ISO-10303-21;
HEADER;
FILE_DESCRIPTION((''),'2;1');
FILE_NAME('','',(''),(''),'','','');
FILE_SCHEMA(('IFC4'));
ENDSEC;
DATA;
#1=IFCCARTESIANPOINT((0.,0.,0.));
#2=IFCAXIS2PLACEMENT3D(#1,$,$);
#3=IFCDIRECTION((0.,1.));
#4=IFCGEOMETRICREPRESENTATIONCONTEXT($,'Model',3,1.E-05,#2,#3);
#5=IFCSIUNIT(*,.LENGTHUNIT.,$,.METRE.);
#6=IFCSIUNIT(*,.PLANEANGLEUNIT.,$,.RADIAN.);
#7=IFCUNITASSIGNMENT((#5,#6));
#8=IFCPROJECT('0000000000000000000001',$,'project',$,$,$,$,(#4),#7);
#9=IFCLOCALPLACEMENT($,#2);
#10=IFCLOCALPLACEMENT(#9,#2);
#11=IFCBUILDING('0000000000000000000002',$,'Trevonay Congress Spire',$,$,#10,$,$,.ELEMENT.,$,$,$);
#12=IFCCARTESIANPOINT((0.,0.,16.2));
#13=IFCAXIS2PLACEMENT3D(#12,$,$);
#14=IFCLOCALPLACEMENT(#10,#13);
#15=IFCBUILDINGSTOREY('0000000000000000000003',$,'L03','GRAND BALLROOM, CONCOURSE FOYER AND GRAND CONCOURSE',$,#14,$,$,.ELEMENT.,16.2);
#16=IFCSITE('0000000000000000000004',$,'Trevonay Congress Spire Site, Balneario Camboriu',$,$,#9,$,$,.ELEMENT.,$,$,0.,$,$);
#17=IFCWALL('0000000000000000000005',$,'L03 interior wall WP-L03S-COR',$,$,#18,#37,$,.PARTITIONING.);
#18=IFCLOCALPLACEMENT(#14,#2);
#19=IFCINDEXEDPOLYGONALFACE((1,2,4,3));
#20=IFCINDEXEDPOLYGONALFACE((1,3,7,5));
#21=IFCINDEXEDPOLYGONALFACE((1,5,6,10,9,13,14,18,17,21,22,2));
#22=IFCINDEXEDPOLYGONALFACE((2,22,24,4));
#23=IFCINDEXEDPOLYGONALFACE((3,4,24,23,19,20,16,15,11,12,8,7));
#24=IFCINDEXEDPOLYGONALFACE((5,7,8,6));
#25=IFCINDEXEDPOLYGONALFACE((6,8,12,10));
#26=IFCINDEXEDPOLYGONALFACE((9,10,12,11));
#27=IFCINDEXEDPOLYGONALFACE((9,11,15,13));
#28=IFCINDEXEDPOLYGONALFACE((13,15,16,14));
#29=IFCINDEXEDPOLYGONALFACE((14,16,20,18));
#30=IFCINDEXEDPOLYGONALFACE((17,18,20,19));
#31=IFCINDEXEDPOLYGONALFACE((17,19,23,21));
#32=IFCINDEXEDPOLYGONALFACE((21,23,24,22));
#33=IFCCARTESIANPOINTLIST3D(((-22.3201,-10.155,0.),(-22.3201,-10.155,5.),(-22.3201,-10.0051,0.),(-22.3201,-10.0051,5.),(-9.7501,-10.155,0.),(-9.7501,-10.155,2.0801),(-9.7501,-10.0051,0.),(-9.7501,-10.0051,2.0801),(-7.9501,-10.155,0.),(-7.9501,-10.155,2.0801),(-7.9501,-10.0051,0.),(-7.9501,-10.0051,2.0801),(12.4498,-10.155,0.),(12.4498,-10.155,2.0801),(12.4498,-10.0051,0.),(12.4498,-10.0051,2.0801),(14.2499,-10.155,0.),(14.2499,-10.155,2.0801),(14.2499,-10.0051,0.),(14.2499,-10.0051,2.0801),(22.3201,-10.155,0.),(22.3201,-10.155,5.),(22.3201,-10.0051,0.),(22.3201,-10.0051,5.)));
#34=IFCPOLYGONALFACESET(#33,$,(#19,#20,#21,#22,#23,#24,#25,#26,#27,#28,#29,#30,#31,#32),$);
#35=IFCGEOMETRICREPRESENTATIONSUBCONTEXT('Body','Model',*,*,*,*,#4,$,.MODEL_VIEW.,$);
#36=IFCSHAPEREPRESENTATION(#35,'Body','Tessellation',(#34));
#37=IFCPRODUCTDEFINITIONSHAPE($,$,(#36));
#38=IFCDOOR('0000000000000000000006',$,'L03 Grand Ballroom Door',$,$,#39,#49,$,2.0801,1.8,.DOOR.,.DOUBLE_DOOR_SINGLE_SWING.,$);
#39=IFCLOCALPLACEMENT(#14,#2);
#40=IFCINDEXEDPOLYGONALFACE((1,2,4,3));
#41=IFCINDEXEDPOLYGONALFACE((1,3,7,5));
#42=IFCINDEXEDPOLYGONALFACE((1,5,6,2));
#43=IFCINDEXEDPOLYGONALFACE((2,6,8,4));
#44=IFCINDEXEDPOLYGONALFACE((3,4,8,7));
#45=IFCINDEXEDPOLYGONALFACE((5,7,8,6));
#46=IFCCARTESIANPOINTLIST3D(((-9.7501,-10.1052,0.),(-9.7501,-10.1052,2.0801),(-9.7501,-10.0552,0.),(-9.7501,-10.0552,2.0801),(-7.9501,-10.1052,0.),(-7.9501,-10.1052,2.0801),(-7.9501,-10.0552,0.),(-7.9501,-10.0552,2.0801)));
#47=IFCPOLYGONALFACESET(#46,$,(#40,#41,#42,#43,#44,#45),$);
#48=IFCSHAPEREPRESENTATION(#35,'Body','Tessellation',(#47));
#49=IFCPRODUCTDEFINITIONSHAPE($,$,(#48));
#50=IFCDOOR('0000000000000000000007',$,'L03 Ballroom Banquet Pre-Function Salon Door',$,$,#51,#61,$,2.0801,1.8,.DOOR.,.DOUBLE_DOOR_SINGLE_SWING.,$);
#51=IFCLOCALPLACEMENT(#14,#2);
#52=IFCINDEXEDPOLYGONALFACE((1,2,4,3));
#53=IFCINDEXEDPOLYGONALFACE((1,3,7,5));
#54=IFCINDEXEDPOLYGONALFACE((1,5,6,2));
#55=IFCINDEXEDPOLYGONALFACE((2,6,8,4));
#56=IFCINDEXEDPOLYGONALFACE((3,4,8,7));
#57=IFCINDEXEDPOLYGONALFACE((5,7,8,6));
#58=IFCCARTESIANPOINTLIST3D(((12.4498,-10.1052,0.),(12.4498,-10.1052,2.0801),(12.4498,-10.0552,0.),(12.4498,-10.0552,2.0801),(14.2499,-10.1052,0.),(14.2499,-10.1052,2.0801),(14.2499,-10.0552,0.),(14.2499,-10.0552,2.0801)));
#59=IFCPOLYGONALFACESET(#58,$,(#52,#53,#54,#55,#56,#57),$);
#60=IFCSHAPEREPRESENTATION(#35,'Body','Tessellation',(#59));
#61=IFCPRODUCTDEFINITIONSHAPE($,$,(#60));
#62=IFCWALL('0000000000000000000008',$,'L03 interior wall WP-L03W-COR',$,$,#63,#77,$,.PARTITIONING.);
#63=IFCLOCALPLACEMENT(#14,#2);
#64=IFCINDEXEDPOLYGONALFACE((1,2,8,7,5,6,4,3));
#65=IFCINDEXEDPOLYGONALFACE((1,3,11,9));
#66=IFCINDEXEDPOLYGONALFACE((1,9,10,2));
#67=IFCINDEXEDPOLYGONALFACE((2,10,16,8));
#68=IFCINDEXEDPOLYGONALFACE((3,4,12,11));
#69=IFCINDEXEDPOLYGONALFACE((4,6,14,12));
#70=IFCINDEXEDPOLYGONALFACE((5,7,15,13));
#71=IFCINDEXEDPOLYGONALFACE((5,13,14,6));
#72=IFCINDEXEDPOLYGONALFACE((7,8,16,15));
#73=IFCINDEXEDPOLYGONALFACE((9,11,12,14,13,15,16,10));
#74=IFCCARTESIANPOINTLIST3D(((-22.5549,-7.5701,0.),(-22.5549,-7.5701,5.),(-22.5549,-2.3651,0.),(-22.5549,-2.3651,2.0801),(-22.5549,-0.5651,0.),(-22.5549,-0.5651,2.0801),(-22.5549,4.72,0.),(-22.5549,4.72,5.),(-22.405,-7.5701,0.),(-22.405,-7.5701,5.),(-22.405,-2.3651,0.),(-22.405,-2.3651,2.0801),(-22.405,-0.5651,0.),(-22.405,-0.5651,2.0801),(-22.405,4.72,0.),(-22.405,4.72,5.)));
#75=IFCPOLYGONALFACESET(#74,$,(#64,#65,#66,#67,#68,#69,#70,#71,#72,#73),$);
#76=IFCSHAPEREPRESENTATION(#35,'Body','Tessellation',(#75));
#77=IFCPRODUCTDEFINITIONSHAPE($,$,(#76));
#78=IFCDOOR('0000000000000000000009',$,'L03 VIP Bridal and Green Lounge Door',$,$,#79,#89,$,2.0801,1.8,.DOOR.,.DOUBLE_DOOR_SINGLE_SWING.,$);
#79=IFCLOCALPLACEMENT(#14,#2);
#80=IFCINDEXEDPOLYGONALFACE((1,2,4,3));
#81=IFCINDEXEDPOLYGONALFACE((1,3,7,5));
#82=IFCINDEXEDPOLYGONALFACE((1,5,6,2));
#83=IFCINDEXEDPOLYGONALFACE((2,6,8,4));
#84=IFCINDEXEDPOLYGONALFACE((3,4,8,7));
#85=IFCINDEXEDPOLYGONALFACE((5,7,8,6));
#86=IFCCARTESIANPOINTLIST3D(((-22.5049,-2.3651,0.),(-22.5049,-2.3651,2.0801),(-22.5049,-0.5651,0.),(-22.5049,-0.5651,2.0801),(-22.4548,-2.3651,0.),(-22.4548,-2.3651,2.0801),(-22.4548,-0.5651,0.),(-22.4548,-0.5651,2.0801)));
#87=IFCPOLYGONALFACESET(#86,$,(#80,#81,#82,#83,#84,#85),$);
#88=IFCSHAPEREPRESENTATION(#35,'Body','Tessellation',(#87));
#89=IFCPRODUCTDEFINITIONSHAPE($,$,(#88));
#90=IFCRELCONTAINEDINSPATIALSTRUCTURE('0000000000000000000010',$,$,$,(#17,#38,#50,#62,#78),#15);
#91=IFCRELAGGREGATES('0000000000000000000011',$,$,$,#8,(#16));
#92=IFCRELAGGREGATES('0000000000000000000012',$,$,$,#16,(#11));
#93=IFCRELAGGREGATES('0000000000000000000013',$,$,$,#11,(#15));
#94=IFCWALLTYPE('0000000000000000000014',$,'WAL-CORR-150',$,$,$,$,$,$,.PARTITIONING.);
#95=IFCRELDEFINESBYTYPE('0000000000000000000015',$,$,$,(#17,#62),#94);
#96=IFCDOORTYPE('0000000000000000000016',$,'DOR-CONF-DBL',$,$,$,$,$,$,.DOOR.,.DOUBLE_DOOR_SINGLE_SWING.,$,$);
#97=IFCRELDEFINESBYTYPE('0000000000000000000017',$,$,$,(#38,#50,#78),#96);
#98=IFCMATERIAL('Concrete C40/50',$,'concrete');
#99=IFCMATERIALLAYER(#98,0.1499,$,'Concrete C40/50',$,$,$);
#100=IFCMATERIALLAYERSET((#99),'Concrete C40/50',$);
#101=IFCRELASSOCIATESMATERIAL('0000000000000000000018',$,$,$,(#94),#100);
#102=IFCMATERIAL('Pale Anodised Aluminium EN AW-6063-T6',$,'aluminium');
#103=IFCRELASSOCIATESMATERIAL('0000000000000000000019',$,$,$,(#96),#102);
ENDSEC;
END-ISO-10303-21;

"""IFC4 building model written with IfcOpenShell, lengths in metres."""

from ifc_helpers import new_model, si_unit, direction, frame, frame_2d, origin, place, context, subcontext, project, spatial, rectangle, extrude, material, layer, layer_set, type_object, element, fill, save


model = new_model("IFC4")

# Units and contexts
model_context = context("Model", 3, precision=1e-05, world=origin(), true_north=direction((0.0, 1.0)))
body_context = subcontext(model_context, "Body", "Model", "MODEL_VIEW")
ifc_project = project(units=[si_unit("LENGTHUNIT", "METRE"), si_unit("PLANEANGLEUNIT", "RADIAN")], contexts=[model_context])

# Site, building, storey
site_placement = place(None, origin())
site = spatial("IfcSite", under=ifc_project, at=site_placement, Name="Trevonay Congress Spire Site, Balneario Camboriu", CompositionType="ELEMENT", RefElevation=0.0)
building_placement = place(site_placement, origin())
building = spatial("IfcBuilding", under=site, at=building_placement, Name="Trevonay Congress Spire", CompositionType="ELEMENT")
storey_placement = place(building_placement, frame((0.0, 0.0, 16.2)))
storey = spatial("IfcBuildingStorey", under=building, at=storey_placement, Name="L03", Description="GRAND BALLROOM, CONCOURSE FOYER AND GRAND CONCOURSE", CompositionType="ELEMENT", Elevation=16.2)

# Shared definitions
ifc_material_1 = material(Name="Pale Anodised Aluminium EN AW-6063-T6", Category="aluminium")

# Wall, openings, doors
ifc_material_2 = material(Name="Concrete C40/50", Category="concrete")
ifc_layer_1 = layer(ifc_material_2, 0.1499, Name="Concrete C40/50")
ifc_layer_set_1 = layer_set([ifc_layer_1], Name="Concrete C40/50")
wall_type_1 = type_object("IfcWallType", Name="WAL-CORR-150", PredefinedType="PARTITIONING", material=ifc_layer_set_1)
wall_1_placement = place(storey_placement, frame((-22.3201, -10.0801, 0.0), z_axis=(0.0, 0.0, 1.0), x_axis=(1.0, 0.0, 0.0)))
wall_1 = element("IfcWall", 1, at=wall_1_placement, inside=storey, type_object=wall_type_1, Name="L03 interior wall WP-L03S-COR", PredefinedType="PARTITIONING", context=body_context, shape_type="SweptSolid", body=[
    extrude(rectangle(XDim=44.6401, YDim=0.1499, at=frame_2d((22.3201, 0.0))), origin(), (0.0, 0.0, 1.0), 5.0),
])
opening_1_placement = place(wall_1_placement, frame((12.5701, 0.0, 0.0)))
opening_1 = element("IfcOpeningElement", 2, at=opening_1_placement, cuts=wall_1, PredefinedType="OPENING", context=body_context, shape_type="SweptSolid", body=[
    extrude(rectangle(XDim=1.8, YDim=2.0801, at=frame_2d((0.8999, 1.04))), frame((0.0, 0.085, 0.0), z_axis=(0.0, -1.0, 0.0), x_axis=(1.0, 0.0, 0.0)), (0.0, 0.0, 1.0), 0.1699),
])
opening_2_placement = place(wall_1_placement, frame((34.77, 0.0, 0.0)))
opening_2 = element("IfcOpeningElement", 3, at=opening_2_placement, cuts=wall_1, PredefinedType="OPENING", context=body_context, shape_type="SweptSolid", body=[
    extrude(rectangle(XDim=1.8, YDim=2.0801, at=frame_2d((0.8999, 1.04))), frame((0.0, 0.085, 0.0), z_axis=(0.0, -1.0, 0.0), x_axis=(1.0, 0.0, 0.0)), (0.0, 0.0, 1.0), 0.1699),
])
door_type_1 = type_object("IfcDoorType", Name="DOR-CONF-DBL", OperationType="DOUBLE_DOOR_SINGLE_SWING", PredefinedType="DOOR", material=ifc_material_1)
door_1_placement = place(opening_1_placement, origin())
door_1 = element("IfcDoor", 4, at=door_1_placement, inside=storey, type_object=door_type_1, Name="L03 Grand Ballroom Door", OperationType="DOUBLE_DOOR_SINGLE_SWING", OverallHeight=2.0801, OverallWidth=1.8, PredefinedType="DOOR", context=body_context, shape_type="SweptSolid", body=[
    extrude(rectangle(XDim=1.8, YDim=2.0801, at=frame_2d((0.8999, 1.04))), frame((0.0, 0.0249, 0.0), z_axis=(0.0, -1.0, 0.0), x_axis=(1.0, 0.0, 0.0)), (0.0, 0.0, 1.0), 0.05),
])
fill(opening_1, door_1)
door_2_placement = place(opening_2_placement, origin())
door_2 = element("IfcDoor", 5, at=door_2_placement, inside=storey, type_object=door_type_1, Name="L03 Ballroom Banquet Pre-Function Salon Door", OperationType="DOUBLE_DOOR_SINGLE_SWING", OverallHeight=2.0801, OverallWidth=1.8, PredefinedType="DOOR", context=body_context, shape_type="SweptSolid", body=[
    extrude(rectangle(XDim=1.8, YDim=2.0801, at=frame_2d((0.8999, 1.04))), frame((0.0, 0.0249, 0.0), z_axis=(0.0, -1.0, 0.0), x_axis=(1.0, 0.0, 0.0)), (0.0, 0.0, 1.0), 0.05),
])
fill(opening_2, door_2)

# Wall, opening, door
wall_2_placement = place(storey_placement, frame((-22.48, -7.5701, 0.0), z_axis=(0.0, 0.0, 1.0), x_axis=(0.0, 1.0, 0.0)))
wall_2 = element("IfcWall", 6, at=wall_2_placement, inside=storey, type_object=wall_type_1, Name="L03 interior wall WP-L03W-COR", PredefinedType="PARTITIONING", context=body_context, shape_type="SweptSolid", body=[
    extrude(rectangle(XDim=12.29, YDim=0.1499, at=frame_2d((6.145, 0.0))), origin(), (0.0, 0.0, 1.0), 5.0),
])
opening_3_placement = place(wall_2_placement, frame((5.2051, 0.0, 0.0)))
opening_3 = element("IfcOpeningElement", 7, at=opening_3_placement, cuts=wall_2, PredefinedType="OPENING", context=body_context, shape_type="SweptSolid", body=[
    extrude(rectangle(XDim=1.8, YDim=2.0801, at=frame_2d((0.8999, 1.04))), frame((0.0, 0.085, 0.0), z_axis=(0.0, -1.0, 0.0), x_axis=(1.0, 0.0, 0.0)), (0.0, 0.0, 1.0), 0.1699),
])
door_3_placement = place(opening_3_placement, origin())
door_3 = element("IfcDoor", 8, at=door_3_placement, inside=storey, type_object=door_type_1, Name="L03 VIP Bridal and Green Lounge Door", OperationType="DOUBLE_DOOR_SINGLE_SWING", OverallHeight=2.0801, OverallWidth=1.8, PredefinedType="DOOR", context=body_context, shape_type="SweptSolid", body=[
    extrude(rectangle(XDim=1.8, YDim=2.0801, at=frame_2d((0.8999, 1.04))), frame((0.0, 0.0249, 0.0), z_axis=(0.0, -1.0, 0.0), x_axis=(1.0, 0.0, 0.0)), (0.0, 0.0, 1.0), 0.05),
])
fill(opening_3, door_3)

save(model, "model.ifc")
